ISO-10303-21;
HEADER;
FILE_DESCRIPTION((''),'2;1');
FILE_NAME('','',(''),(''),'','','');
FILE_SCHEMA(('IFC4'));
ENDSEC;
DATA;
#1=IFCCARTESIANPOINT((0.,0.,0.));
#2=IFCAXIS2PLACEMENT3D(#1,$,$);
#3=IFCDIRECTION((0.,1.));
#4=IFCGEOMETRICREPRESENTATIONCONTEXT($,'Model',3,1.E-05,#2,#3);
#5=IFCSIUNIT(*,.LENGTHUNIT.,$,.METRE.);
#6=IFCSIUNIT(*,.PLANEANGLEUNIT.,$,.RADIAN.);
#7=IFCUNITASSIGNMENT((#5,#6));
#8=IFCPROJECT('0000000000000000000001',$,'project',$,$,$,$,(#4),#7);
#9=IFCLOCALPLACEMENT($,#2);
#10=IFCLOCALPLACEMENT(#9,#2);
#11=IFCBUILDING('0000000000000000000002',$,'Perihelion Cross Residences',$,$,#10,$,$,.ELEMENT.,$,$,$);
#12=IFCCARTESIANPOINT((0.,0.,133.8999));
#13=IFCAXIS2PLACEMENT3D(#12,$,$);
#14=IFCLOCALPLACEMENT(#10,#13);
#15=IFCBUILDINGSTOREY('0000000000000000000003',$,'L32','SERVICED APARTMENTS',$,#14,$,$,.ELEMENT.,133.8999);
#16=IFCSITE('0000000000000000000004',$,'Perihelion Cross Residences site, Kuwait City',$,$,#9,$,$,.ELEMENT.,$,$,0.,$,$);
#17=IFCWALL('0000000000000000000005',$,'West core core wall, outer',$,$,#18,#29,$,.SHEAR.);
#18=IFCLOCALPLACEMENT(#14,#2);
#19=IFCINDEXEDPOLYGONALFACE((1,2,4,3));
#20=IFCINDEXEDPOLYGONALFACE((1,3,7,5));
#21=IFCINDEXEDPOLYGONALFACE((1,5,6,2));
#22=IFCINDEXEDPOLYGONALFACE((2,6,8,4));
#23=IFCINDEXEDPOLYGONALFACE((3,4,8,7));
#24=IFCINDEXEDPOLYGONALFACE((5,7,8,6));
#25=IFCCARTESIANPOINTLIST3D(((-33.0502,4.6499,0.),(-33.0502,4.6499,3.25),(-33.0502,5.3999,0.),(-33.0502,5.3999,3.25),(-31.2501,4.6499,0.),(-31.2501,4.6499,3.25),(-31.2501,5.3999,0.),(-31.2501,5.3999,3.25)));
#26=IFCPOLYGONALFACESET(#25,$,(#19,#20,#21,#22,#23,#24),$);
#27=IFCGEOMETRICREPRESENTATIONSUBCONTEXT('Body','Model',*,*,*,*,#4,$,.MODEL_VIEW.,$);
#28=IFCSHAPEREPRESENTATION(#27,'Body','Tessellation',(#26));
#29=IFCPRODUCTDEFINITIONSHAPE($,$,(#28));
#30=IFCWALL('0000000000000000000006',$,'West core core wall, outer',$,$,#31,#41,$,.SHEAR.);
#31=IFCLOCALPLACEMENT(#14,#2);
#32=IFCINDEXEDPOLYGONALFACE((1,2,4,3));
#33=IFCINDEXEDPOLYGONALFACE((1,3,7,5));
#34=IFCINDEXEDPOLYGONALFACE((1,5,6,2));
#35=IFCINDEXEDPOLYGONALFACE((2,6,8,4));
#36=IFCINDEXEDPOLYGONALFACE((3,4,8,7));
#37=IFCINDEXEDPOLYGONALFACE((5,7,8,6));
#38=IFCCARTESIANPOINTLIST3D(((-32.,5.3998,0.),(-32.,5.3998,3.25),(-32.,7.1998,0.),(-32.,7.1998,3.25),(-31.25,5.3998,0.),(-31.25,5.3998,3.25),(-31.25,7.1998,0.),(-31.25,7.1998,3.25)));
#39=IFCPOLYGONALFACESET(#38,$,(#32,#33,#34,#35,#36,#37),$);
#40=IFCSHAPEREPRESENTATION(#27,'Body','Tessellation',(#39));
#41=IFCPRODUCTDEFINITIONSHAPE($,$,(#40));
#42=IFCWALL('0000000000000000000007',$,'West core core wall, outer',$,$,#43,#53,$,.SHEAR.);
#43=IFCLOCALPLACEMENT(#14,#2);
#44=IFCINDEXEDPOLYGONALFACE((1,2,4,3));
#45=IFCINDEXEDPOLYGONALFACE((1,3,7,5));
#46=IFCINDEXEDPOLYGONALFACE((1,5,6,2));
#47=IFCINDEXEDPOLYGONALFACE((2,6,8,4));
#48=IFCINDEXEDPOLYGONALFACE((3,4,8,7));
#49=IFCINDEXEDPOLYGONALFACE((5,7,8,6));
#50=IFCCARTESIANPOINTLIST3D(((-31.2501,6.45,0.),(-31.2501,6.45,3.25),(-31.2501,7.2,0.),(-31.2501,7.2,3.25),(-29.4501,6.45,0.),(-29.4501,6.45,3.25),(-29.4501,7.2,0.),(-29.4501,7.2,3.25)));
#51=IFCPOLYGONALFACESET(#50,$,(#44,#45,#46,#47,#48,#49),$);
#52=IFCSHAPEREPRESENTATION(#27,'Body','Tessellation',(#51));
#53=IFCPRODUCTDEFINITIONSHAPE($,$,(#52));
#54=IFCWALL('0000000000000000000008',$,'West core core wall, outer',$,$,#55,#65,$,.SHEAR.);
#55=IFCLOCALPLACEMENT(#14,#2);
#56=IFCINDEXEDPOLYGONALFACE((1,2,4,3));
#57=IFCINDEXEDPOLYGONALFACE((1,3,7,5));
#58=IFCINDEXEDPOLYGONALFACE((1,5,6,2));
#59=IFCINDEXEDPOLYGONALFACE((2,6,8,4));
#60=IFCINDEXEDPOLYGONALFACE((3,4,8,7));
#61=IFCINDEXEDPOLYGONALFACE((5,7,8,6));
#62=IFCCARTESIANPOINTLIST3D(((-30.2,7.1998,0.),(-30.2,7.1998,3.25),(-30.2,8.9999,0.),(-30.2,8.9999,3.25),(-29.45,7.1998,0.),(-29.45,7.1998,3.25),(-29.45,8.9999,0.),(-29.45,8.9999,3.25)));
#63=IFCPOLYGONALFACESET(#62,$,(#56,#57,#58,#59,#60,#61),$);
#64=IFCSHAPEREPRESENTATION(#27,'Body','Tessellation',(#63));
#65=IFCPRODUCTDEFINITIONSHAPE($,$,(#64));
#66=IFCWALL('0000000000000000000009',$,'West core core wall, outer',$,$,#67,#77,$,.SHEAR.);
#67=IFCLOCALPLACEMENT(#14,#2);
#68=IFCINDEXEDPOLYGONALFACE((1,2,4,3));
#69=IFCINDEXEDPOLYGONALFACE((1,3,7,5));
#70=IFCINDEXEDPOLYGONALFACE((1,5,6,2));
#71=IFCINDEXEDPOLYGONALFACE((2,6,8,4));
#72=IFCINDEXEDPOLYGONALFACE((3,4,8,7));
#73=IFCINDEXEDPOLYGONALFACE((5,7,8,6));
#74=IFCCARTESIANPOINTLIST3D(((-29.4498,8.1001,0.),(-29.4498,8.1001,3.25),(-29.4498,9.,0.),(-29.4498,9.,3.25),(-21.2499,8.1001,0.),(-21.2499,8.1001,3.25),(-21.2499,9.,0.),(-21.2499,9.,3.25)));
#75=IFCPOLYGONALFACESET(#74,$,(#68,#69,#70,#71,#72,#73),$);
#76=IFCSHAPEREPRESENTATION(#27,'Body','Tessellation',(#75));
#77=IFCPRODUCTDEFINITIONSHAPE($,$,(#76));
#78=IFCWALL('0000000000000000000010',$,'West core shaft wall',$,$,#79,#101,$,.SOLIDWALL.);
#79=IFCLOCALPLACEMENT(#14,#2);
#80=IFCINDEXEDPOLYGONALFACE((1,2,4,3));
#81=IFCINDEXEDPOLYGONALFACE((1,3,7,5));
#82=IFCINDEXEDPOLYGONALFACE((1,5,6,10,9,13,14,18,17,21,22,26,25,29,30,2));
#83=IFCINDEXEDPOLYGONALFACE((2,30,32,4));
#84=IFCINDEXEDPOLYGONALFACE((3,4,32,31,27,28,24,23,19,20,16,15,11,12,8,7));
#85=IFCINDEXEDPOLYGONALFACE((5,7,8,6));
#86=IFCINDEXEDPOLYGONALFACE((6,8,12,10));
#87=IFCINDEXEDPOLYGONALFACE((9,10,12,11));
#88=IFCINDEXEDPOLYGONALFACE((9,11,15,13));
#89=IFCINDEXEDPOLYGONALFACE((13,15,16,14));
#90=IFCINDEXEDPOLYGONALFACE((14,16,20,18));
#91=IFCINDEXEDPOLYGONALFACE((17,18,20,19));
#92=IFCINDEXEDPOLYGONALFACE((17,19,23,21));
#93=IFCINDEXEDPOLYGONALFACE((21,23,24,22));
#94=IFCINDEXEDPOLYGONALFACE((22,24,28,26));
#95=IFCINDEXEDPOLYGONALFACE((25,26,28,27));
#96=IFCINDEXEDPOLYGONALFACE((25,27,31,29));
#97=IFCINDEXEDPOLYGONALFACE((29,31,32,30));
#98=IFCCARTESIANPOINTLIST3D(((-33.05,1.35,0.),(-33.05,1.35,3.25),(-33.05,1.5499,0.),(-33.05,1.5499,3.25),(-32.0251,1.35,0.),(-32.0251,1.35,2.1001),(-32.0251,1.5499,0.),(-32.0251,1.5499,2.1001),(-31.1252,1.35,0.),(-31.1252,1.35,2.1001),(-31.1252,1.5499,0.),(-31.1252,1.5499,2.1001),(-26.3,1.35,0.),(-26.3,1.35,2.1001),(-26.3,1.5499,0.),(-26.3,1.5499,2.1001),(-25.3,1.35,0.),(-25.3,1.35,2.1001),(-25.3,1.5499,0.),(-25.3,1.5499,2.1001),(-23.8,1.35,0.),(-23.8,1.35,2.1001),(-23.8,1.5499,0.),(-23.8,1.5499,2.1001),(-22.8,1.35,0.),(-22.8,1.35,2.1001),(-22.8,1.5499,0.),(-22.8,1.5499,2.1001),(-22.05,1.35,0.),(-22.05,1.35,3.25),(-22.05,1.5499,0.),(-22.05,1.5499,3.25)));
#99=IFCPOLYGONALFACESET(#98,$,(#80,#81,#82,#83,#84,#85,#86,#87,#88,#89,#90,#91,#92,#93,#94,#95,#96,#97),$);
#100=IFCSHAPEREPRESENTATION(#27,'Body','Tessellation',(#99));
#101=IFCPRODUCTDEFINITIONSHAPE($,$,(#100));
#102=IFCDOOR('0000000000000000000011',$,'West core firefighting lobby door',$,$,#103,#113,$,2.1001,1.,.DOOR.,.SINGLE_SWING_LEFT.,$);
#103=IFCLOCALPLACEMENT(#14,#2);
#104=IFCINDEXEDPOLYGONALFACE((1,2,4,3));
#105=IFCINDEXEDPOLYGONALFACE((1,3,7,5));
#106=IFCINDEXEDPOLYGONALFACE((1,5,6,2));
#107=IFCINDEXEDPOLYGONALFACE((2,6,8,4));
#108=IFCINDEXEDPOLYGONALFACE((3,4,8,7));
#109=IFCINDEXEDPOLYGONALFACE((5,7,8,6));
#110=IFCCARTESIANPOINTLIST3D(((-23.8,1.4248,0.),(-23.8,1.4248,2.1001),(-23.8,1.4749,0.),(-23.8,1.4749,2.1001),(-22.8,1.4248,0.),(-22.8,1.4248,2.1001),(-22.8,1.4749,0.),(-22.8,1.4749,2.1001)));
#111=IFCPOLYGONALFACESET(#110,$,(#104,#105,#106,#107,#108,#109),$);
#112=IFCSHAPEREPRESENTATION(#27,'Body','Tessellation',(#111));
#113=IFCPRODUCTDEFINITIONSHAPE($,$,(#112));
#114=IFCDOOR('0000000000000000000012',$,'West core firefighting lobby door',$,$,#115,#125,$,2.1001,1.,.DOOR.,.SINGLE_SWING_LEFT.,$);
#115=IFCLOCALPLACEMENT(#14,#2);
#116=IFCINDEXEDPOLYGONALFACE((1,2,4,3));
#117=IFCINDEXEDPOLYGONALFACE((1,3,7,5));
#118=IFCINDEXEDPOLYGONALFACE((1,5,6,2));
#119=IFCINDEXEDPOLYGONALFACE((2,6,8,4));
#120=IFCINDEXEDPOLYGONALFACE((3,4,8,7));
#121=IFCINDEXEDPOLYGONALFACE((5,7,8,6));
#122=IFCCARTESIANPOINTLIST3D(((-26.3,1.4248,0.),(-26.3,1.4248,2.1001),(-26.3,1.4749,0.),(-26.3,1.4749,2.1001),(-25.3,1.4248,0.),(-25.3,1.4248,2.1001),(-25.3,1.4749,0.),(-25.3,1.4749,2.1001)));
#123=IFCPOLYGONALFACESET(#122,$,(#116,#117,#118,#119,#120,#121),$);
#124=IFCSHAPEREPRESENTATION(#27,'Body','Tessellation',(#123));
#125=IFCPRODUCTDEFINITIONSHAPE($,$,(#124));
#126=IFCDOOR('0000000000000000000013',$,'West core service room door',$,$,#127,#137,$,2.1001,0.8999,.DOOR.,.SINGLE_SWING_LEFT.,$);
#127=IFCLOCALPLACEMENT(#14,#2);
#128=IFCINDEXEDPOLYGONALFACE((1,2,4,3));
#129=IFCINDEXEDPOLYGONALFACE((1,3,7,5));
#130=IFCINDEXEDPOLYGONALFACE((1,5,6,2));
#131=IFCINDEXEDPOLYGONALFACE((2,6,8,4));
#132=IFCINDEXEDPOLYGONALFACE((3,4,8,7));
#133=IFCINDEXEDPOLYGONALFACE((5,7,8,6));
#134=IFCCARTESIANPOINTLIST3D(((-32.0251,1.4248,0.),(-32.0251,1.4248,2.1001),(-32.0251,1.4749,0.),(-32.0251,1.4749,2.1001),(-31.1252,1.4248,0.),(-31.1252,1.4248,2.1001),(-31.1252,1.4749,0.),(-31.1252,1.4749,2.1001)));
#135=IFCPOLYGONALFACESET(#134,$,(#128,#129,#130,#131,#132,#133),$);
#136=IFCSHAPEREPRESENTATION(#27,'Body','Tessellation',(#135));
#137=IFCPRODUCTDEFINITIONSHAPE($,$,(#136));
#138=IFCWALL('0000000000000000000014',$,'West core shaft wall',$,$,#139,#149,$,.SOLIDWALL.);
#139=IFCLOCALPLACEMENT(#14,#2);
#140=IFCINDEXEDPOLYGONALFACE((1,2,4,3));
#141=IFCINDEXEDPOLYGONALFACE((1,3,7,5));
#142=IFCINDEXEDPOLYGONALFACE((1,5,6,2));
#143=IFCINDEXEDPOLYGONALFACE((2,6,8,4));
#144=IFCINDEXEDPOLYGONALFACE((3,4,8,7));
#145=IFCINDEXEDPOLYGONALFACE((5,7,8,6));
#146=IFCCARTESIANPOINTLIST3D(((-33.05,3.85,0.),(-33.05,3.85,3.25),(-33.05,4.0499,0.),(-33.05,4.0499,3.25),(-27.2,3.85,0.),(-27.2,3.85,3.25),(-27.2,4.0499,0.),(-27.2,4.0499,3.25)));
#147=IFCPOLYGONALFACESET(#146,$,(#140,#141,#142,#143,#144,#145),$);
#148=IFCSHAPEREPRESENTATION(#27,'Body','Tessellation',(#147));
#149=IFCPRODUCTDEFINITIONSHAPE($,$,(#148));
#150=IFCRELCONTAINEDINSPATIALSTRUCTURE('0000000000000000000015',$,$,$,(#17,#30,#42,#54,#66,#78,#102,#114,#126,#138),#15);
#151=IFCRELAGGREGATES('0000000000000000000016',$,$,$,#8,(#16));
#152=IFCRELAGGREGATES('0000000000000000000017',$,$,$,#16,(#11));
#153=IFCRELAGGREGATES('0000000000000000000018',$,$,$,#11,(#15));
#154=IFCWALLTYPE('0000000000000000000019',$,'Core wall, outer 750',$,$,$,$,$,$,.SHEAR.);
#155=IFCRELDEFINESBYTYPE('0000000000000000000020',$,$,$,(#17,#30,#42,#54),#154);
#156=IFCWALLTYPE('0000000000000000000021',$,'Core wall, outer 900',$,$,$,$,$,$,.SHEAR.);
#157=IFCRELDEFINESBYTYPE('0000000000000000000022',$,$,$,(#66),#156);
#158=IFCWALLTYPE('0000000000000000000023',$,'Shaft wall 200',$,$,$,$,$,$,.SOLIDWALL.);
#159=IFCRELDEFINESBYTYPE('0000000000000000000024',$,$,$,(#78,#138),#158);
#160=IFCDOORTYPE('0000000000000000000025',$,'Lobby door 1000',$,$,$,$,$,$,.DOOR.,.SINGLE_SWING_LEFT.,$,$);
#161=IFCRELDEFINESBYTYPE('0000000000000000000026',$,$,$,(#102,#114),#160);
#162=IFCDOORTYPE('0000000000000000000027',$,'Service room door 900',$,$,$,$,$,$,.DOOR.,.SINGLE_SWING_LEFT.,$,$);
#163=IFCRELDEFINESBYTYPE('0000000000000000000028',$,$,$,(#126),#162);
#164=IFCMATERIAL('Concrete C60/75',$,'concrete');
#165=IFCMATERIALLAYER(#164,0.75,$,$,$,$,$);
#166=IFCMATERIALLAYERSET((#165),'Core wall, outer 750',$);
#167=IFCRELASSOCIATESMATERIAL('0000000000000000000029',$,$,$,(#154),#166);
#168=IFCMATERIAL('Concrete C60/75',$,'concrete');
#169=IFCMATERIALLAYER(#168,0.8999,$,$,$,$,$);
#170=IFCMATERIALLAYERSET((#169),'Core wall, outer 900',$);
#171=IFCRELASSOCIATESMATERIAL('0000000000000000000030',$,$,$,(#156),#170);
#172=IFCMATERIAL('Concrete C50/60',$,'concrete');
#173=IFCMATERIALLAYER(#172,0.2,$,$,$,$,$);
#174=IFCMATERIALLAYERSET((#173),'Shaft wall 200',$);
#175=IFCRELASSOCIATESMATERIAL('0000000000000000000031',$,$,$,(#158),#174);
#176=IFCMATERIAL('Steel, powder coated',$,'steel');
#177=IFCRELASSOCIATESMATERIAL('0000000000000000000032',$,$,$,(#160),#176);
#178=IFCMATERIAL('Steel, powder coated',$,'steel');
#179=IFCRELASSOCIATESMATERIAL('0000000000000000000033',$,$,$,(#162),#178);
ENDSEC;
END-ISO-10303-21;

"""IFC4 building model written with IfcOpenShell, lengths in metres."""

from ifc_helpers import new_model, si_unit, direction, frame, frame_2d, origin, place, context, subcontext, project, spatial, rectangle, extrude, material, layer, layer_set, type_object, element, fill, save


model = new_model("IFC4")

# Units and contexts
model_context = context("Model", 3, precision=1e-05, world=origin(), true_north=direction((0.0, 1.0)))
body_context = subcontext(model_context, "Body", "Model", "MODEL_VIEW")
ifc_project = project(units=[si_unit("LENGTHUNIT", "METRE"), si_unit("PLANEANGLEUNIT", "RADIAN")], contexts=[model_context])

# Site, building, storey
site_placement = place(None, origin())
site = spatial("IfcSite", under=ifc_project, at=site_placement, Name="Perihelion Cross Residences site, Kuwait City", CompositionType="ELEMENT", RefElevation=0.0)
building_placement = place(site_placement, origin())
building = spatial("IfcBuilding", under=site, at=building_placement, Name="Perihelion Cross Residences", CompositionType="ELEMENT")
storey_placement = place(building_placement, frame((0.0, 0.0, 133.8999)))
storey = spatial("IfcBuildingStorey", under=building, at=storey_placement, Name="L32", Description="SERVICED APARTMENTS", CompositionType="ELEMENT", Elevation=133.8999)

# Walls
ifc_material_1 = material(Name="Concrete C60/75", Category="concrete")
ifc_layer_1 = layer(ifc_material_1, 0.75)
ifc_layer_set_1 = layer_set([ifc_layer_1], Name="Core wall, outer 750")
wall_type_1 = type_object("IfcWallType", Name="Core wall, outer 750", PredefinedType="SHEAR", material=ifc_layer_set_1)
for number, where, z_axis, x_axis, name in (
    (1, (-33.05, 5.0249, 0.0), (0.0, 0.0, 1.0), (1.0, 0.0, 0.0), "West core core wall, outer"),
    (2, (-31.625, 5.3999, 0.0), (0.0, 0.0, 1.0), (0.0, 1.0, 0.0), "West core core wall, outer"),
    (3, (-31.25, 6.825, 0.0), (0.0, 0.0, 1.0), (1.0, 0.0, 0.0), "West core core wall, outer"),
    (4, (-29.825, 7.2, 0.0), (0.0, 0.0, 1.0), (0.0, 1.0, 0.0), "West core core wall, outer"),
):
    element("IfcWall", number, at=place(storey_placement, frame(where, z_axis=z_axis, x_axis=x_axis)), inside=storey, type_object=wall_type_1, Name=name, PredefinedType="SHEAR", context=body_context, shape_type="SweptSolid", body=[
        extrude(rectangle(XDim=1.8, YDim=0.75, at=frame_2d((0.8999, 0.0))), origin(), (0.0, 0.0, 1.0), 3.25),
    ])
ifc_material_2 = material(Name="Concrete C60/75", Category="concrete")
ifc_layer_2 = layer(ifc_material_2, 0.8999)
ifc_layer_set_2 = layer_set([ifc_layer_2], Name="Core wall, outer 900")
wall_type_2 = type_object("IfcWallType", Name="Core wall, outer 900", PredefinedType="SHEAR", material=ifc_layer_set_2)
wall_1_placement = place(storey_placement, frame((-29.45, 8.55, 0.0), z_axis=(0.0, 0.0, 1.0), x_axis=(1.0, 0.0, 0.0)))
element("IfcWall", 5, at=wall_1_placement, inside=storey, type_object=wall_type_2, Name="West core core wall, outer", PredefinedType="SHEAR", context=body_context, shape_type="SweptSolid", body=[
    extrude(rectangle(XDim=8.2, YDim=0.8999, at=frame_2d((4.1001, 0.0))), origin(), (0.0, 0.0, 1.0), 3.25),
])

# Wall, openings, doors
ifc_material_3 = material(Name="Concrete C50/60", Category="concrete")
ifc_layer_3 = layer(ifc_material_3, 0.2)
ifc_layer_set_3 = layer_set([ifc_layer_3], Name="Shaft wall 200")
wall_type_3 = type_object("IfcWallType", Name="Shaft wall 200", PredefinedType="SOLIDWALL", material=ifc_layer_set_3)
wall_2_placement = place(storey_placement, frame((-33.05, 1.45, 0.0), z_axis=(0.0, 0.0, 1.0), x_axis=(1.0, 0.0, 0.0)))
wall_2 = element("IfcWall", 6, at=wall_2_placement, inside=storey, type_object=wall_type_3, Name="West core shaft wall", PredefinedType="SOLIDWALL", context=body_context, shape_type="SweptSolid", body=[
    extrude(rectangle(XDim=11.0, YDim=0.2, at=frame_2d((5.5, 0.0))), origin(), (0.0, 0.0, 1.0), 3.25),
])
opening_1_placement = place(wall_2_placement, frame((9.25, 0.0, 0.0)))
opening_1 = element("IfcOpeningElement", 7, at=opening_1_placement, cuts=wall_2, PredefinedType="OPENING", context=body_context, shape_type="SweptSolid", body=[
    extrude(rectangle(XDim=1.0, YDim=2.1001, at=frame_2d((0.5, 1.05))), frame((0.0, 0.1099, 0.0), z_axis=(0.0, -1.0, 0.0), x_axis=(1.0, 0.0, 0.0)), (0.0, 0.0, 1.0), 0.22),
])
opening_2_placement = place(wall_2_placement, frame((6.75, 0.0, 0.0)))
opening_2 = element("IfcOpeningElement", 8, at=opening_2_placement, cuts=wall_2, PredefinedType="OPENING", context=body_context, shape_type="SweptSolid", body=[
    extrude(rectangle(XDim=1.0, YDim=2.1001, at=frame_2d((0.5, 1.05))), frame((0.0, 0.1099, 0.0), z_axis=(0.0, -1.0, 0.0), x_axis=(1.0, 0.0, 0.0)), (0.0, 0.0, 1.0), 0.22),
])
opening_3_placement = place(wall_2_placement, frame((1.0249, 0.0, 0.0)))
opening_3 = element("IfcOpeningElement", 9, at=opening_3_placement, cuts=wall_2, PredefinedType="OPENING", context=body_context, shape_type="SweptSolid", body=[
    extrude(rectangle(XDim=0.8999, YDim=2.1001, at=frame_2d((0.45, 1.05))), frame((0.0, 0.1099, 0.0), z_axis=(0.0, -1.0, 0.0), x_axis=(1.0, 0.0, 0.0)), (0.0, 0.0, 1.0), 0.22),
])
ifc_material_4 = material(Name="Steel, powder coated", Category="steel")
door_type_1 = type_object("IfcDoorType", Name="Lobby door 1000", OperationType="SINGLE_SWING_LEFT", PredefinedType="DOOR", material=ifc_material_4)
door_1_placement = place(opening_1_placement, origin())
door_1 = element("IfcDoor", 10, at=door_1_placement, inside=storey, type_object=door_type_1, Name="West core firefighting lobby door", OperationType="SINGLE_SWING_LEFT", OverallHeight=2.1001, OverallWidth=1.0, PredefinedType="DOOR", context=body_context, shape_type="SweptSolid", body=[
    extrude(rectangle(XDim=1.0, YDim=2.1001, at=frame_2d((0.5, 1.05))), frame((0.0, 0.0249, 0.0), z_axis=(0.0, -1.0, 0.0), x_axis=(1.0, 0.0, 0.0)), (0.0, 0.0, 1.0), 0.05),
])
fill(opening_1, door_1)
door_2_placement = place(opening_2_placement, origin())
door_2 = element("IfcDoor", 11, at=door_2_placement, inside=storey, type_object=door_type_1, Name="West core firefighting lobby door", OperationType="SINGLE_SWING_LEFT", OverallHeight=2.1001, OverallWidth=1.0, PredefinedType="DOOR", context=body_context, shape_type="SweptSolid", body=[
    extrude(rectangle(XDim=1.0, YDim=2.1001, at=frame_2d((0.5, 1.05))), frame((0.0, 0.0249, 0.0), z_axis=(0.0, -1.0, 0.0), x_axis=(1.0, 0.0, 0.0)), (0.0, 0.0, 1.0), 0.05),
])
fill(opening_2, door_2)
ifc_material_5 = material(Name="Steel, powder coated", Category="steel")
door_type_2 = type_object("IfcDoorType", Name="Service room door 900", OperationType="SINGLE_SWING_LEFT", PredefinedType="DOOR", material=ifc_material_5)
door_3_placement = place(opening_3_placement, origin())
door_3 = element("IfcDoor", 12, at=door_3_placement, inside=storey, type_object=door_type_2, Name="West core service room door", OperationType="SINGLE_SWING_LEFT", OverallHeight=2.1001, OverallWidth=0.8999, PredefinedType="DOOR", context=body_context, shape_type="SweptSolid", body=[
    extrude(rectangle(XDim=0.8999, YDim=2.1001, at=frame_2d((0.45, 1.05))), frame((0.0, 0.0249, 0.0), z_axis=(0.0, -1.0, 0.0), x_axis=(1.0, 0.0, 0.0)), (0.0, 0.0, 1.0), 0.05),
])
fill(opening_3, door_3)

# Wall
wall_3_placement = place(storey_placement, frame((-33.05, 3.95, 0.0), z_axis=(0.0, 0.0, 1.0), x_axis=(1.0, 0.0, 0.0)))
element("IfcWall", 13, at=wall_3_placement, inside=storey, type_object=wall_type_3, Name="West core shaft wall", PredefinedType="SOLIDWALL", context=body_context, shape_type="SweptSolid", body=[
    extrude(rectangle(XDim=5.8501, YDim=0.2, at=frame_2d((2.925, 0.0))), origin(), (0.0, 0.0, 1.0), 3.25),
])

save(model, "model.ifc")
